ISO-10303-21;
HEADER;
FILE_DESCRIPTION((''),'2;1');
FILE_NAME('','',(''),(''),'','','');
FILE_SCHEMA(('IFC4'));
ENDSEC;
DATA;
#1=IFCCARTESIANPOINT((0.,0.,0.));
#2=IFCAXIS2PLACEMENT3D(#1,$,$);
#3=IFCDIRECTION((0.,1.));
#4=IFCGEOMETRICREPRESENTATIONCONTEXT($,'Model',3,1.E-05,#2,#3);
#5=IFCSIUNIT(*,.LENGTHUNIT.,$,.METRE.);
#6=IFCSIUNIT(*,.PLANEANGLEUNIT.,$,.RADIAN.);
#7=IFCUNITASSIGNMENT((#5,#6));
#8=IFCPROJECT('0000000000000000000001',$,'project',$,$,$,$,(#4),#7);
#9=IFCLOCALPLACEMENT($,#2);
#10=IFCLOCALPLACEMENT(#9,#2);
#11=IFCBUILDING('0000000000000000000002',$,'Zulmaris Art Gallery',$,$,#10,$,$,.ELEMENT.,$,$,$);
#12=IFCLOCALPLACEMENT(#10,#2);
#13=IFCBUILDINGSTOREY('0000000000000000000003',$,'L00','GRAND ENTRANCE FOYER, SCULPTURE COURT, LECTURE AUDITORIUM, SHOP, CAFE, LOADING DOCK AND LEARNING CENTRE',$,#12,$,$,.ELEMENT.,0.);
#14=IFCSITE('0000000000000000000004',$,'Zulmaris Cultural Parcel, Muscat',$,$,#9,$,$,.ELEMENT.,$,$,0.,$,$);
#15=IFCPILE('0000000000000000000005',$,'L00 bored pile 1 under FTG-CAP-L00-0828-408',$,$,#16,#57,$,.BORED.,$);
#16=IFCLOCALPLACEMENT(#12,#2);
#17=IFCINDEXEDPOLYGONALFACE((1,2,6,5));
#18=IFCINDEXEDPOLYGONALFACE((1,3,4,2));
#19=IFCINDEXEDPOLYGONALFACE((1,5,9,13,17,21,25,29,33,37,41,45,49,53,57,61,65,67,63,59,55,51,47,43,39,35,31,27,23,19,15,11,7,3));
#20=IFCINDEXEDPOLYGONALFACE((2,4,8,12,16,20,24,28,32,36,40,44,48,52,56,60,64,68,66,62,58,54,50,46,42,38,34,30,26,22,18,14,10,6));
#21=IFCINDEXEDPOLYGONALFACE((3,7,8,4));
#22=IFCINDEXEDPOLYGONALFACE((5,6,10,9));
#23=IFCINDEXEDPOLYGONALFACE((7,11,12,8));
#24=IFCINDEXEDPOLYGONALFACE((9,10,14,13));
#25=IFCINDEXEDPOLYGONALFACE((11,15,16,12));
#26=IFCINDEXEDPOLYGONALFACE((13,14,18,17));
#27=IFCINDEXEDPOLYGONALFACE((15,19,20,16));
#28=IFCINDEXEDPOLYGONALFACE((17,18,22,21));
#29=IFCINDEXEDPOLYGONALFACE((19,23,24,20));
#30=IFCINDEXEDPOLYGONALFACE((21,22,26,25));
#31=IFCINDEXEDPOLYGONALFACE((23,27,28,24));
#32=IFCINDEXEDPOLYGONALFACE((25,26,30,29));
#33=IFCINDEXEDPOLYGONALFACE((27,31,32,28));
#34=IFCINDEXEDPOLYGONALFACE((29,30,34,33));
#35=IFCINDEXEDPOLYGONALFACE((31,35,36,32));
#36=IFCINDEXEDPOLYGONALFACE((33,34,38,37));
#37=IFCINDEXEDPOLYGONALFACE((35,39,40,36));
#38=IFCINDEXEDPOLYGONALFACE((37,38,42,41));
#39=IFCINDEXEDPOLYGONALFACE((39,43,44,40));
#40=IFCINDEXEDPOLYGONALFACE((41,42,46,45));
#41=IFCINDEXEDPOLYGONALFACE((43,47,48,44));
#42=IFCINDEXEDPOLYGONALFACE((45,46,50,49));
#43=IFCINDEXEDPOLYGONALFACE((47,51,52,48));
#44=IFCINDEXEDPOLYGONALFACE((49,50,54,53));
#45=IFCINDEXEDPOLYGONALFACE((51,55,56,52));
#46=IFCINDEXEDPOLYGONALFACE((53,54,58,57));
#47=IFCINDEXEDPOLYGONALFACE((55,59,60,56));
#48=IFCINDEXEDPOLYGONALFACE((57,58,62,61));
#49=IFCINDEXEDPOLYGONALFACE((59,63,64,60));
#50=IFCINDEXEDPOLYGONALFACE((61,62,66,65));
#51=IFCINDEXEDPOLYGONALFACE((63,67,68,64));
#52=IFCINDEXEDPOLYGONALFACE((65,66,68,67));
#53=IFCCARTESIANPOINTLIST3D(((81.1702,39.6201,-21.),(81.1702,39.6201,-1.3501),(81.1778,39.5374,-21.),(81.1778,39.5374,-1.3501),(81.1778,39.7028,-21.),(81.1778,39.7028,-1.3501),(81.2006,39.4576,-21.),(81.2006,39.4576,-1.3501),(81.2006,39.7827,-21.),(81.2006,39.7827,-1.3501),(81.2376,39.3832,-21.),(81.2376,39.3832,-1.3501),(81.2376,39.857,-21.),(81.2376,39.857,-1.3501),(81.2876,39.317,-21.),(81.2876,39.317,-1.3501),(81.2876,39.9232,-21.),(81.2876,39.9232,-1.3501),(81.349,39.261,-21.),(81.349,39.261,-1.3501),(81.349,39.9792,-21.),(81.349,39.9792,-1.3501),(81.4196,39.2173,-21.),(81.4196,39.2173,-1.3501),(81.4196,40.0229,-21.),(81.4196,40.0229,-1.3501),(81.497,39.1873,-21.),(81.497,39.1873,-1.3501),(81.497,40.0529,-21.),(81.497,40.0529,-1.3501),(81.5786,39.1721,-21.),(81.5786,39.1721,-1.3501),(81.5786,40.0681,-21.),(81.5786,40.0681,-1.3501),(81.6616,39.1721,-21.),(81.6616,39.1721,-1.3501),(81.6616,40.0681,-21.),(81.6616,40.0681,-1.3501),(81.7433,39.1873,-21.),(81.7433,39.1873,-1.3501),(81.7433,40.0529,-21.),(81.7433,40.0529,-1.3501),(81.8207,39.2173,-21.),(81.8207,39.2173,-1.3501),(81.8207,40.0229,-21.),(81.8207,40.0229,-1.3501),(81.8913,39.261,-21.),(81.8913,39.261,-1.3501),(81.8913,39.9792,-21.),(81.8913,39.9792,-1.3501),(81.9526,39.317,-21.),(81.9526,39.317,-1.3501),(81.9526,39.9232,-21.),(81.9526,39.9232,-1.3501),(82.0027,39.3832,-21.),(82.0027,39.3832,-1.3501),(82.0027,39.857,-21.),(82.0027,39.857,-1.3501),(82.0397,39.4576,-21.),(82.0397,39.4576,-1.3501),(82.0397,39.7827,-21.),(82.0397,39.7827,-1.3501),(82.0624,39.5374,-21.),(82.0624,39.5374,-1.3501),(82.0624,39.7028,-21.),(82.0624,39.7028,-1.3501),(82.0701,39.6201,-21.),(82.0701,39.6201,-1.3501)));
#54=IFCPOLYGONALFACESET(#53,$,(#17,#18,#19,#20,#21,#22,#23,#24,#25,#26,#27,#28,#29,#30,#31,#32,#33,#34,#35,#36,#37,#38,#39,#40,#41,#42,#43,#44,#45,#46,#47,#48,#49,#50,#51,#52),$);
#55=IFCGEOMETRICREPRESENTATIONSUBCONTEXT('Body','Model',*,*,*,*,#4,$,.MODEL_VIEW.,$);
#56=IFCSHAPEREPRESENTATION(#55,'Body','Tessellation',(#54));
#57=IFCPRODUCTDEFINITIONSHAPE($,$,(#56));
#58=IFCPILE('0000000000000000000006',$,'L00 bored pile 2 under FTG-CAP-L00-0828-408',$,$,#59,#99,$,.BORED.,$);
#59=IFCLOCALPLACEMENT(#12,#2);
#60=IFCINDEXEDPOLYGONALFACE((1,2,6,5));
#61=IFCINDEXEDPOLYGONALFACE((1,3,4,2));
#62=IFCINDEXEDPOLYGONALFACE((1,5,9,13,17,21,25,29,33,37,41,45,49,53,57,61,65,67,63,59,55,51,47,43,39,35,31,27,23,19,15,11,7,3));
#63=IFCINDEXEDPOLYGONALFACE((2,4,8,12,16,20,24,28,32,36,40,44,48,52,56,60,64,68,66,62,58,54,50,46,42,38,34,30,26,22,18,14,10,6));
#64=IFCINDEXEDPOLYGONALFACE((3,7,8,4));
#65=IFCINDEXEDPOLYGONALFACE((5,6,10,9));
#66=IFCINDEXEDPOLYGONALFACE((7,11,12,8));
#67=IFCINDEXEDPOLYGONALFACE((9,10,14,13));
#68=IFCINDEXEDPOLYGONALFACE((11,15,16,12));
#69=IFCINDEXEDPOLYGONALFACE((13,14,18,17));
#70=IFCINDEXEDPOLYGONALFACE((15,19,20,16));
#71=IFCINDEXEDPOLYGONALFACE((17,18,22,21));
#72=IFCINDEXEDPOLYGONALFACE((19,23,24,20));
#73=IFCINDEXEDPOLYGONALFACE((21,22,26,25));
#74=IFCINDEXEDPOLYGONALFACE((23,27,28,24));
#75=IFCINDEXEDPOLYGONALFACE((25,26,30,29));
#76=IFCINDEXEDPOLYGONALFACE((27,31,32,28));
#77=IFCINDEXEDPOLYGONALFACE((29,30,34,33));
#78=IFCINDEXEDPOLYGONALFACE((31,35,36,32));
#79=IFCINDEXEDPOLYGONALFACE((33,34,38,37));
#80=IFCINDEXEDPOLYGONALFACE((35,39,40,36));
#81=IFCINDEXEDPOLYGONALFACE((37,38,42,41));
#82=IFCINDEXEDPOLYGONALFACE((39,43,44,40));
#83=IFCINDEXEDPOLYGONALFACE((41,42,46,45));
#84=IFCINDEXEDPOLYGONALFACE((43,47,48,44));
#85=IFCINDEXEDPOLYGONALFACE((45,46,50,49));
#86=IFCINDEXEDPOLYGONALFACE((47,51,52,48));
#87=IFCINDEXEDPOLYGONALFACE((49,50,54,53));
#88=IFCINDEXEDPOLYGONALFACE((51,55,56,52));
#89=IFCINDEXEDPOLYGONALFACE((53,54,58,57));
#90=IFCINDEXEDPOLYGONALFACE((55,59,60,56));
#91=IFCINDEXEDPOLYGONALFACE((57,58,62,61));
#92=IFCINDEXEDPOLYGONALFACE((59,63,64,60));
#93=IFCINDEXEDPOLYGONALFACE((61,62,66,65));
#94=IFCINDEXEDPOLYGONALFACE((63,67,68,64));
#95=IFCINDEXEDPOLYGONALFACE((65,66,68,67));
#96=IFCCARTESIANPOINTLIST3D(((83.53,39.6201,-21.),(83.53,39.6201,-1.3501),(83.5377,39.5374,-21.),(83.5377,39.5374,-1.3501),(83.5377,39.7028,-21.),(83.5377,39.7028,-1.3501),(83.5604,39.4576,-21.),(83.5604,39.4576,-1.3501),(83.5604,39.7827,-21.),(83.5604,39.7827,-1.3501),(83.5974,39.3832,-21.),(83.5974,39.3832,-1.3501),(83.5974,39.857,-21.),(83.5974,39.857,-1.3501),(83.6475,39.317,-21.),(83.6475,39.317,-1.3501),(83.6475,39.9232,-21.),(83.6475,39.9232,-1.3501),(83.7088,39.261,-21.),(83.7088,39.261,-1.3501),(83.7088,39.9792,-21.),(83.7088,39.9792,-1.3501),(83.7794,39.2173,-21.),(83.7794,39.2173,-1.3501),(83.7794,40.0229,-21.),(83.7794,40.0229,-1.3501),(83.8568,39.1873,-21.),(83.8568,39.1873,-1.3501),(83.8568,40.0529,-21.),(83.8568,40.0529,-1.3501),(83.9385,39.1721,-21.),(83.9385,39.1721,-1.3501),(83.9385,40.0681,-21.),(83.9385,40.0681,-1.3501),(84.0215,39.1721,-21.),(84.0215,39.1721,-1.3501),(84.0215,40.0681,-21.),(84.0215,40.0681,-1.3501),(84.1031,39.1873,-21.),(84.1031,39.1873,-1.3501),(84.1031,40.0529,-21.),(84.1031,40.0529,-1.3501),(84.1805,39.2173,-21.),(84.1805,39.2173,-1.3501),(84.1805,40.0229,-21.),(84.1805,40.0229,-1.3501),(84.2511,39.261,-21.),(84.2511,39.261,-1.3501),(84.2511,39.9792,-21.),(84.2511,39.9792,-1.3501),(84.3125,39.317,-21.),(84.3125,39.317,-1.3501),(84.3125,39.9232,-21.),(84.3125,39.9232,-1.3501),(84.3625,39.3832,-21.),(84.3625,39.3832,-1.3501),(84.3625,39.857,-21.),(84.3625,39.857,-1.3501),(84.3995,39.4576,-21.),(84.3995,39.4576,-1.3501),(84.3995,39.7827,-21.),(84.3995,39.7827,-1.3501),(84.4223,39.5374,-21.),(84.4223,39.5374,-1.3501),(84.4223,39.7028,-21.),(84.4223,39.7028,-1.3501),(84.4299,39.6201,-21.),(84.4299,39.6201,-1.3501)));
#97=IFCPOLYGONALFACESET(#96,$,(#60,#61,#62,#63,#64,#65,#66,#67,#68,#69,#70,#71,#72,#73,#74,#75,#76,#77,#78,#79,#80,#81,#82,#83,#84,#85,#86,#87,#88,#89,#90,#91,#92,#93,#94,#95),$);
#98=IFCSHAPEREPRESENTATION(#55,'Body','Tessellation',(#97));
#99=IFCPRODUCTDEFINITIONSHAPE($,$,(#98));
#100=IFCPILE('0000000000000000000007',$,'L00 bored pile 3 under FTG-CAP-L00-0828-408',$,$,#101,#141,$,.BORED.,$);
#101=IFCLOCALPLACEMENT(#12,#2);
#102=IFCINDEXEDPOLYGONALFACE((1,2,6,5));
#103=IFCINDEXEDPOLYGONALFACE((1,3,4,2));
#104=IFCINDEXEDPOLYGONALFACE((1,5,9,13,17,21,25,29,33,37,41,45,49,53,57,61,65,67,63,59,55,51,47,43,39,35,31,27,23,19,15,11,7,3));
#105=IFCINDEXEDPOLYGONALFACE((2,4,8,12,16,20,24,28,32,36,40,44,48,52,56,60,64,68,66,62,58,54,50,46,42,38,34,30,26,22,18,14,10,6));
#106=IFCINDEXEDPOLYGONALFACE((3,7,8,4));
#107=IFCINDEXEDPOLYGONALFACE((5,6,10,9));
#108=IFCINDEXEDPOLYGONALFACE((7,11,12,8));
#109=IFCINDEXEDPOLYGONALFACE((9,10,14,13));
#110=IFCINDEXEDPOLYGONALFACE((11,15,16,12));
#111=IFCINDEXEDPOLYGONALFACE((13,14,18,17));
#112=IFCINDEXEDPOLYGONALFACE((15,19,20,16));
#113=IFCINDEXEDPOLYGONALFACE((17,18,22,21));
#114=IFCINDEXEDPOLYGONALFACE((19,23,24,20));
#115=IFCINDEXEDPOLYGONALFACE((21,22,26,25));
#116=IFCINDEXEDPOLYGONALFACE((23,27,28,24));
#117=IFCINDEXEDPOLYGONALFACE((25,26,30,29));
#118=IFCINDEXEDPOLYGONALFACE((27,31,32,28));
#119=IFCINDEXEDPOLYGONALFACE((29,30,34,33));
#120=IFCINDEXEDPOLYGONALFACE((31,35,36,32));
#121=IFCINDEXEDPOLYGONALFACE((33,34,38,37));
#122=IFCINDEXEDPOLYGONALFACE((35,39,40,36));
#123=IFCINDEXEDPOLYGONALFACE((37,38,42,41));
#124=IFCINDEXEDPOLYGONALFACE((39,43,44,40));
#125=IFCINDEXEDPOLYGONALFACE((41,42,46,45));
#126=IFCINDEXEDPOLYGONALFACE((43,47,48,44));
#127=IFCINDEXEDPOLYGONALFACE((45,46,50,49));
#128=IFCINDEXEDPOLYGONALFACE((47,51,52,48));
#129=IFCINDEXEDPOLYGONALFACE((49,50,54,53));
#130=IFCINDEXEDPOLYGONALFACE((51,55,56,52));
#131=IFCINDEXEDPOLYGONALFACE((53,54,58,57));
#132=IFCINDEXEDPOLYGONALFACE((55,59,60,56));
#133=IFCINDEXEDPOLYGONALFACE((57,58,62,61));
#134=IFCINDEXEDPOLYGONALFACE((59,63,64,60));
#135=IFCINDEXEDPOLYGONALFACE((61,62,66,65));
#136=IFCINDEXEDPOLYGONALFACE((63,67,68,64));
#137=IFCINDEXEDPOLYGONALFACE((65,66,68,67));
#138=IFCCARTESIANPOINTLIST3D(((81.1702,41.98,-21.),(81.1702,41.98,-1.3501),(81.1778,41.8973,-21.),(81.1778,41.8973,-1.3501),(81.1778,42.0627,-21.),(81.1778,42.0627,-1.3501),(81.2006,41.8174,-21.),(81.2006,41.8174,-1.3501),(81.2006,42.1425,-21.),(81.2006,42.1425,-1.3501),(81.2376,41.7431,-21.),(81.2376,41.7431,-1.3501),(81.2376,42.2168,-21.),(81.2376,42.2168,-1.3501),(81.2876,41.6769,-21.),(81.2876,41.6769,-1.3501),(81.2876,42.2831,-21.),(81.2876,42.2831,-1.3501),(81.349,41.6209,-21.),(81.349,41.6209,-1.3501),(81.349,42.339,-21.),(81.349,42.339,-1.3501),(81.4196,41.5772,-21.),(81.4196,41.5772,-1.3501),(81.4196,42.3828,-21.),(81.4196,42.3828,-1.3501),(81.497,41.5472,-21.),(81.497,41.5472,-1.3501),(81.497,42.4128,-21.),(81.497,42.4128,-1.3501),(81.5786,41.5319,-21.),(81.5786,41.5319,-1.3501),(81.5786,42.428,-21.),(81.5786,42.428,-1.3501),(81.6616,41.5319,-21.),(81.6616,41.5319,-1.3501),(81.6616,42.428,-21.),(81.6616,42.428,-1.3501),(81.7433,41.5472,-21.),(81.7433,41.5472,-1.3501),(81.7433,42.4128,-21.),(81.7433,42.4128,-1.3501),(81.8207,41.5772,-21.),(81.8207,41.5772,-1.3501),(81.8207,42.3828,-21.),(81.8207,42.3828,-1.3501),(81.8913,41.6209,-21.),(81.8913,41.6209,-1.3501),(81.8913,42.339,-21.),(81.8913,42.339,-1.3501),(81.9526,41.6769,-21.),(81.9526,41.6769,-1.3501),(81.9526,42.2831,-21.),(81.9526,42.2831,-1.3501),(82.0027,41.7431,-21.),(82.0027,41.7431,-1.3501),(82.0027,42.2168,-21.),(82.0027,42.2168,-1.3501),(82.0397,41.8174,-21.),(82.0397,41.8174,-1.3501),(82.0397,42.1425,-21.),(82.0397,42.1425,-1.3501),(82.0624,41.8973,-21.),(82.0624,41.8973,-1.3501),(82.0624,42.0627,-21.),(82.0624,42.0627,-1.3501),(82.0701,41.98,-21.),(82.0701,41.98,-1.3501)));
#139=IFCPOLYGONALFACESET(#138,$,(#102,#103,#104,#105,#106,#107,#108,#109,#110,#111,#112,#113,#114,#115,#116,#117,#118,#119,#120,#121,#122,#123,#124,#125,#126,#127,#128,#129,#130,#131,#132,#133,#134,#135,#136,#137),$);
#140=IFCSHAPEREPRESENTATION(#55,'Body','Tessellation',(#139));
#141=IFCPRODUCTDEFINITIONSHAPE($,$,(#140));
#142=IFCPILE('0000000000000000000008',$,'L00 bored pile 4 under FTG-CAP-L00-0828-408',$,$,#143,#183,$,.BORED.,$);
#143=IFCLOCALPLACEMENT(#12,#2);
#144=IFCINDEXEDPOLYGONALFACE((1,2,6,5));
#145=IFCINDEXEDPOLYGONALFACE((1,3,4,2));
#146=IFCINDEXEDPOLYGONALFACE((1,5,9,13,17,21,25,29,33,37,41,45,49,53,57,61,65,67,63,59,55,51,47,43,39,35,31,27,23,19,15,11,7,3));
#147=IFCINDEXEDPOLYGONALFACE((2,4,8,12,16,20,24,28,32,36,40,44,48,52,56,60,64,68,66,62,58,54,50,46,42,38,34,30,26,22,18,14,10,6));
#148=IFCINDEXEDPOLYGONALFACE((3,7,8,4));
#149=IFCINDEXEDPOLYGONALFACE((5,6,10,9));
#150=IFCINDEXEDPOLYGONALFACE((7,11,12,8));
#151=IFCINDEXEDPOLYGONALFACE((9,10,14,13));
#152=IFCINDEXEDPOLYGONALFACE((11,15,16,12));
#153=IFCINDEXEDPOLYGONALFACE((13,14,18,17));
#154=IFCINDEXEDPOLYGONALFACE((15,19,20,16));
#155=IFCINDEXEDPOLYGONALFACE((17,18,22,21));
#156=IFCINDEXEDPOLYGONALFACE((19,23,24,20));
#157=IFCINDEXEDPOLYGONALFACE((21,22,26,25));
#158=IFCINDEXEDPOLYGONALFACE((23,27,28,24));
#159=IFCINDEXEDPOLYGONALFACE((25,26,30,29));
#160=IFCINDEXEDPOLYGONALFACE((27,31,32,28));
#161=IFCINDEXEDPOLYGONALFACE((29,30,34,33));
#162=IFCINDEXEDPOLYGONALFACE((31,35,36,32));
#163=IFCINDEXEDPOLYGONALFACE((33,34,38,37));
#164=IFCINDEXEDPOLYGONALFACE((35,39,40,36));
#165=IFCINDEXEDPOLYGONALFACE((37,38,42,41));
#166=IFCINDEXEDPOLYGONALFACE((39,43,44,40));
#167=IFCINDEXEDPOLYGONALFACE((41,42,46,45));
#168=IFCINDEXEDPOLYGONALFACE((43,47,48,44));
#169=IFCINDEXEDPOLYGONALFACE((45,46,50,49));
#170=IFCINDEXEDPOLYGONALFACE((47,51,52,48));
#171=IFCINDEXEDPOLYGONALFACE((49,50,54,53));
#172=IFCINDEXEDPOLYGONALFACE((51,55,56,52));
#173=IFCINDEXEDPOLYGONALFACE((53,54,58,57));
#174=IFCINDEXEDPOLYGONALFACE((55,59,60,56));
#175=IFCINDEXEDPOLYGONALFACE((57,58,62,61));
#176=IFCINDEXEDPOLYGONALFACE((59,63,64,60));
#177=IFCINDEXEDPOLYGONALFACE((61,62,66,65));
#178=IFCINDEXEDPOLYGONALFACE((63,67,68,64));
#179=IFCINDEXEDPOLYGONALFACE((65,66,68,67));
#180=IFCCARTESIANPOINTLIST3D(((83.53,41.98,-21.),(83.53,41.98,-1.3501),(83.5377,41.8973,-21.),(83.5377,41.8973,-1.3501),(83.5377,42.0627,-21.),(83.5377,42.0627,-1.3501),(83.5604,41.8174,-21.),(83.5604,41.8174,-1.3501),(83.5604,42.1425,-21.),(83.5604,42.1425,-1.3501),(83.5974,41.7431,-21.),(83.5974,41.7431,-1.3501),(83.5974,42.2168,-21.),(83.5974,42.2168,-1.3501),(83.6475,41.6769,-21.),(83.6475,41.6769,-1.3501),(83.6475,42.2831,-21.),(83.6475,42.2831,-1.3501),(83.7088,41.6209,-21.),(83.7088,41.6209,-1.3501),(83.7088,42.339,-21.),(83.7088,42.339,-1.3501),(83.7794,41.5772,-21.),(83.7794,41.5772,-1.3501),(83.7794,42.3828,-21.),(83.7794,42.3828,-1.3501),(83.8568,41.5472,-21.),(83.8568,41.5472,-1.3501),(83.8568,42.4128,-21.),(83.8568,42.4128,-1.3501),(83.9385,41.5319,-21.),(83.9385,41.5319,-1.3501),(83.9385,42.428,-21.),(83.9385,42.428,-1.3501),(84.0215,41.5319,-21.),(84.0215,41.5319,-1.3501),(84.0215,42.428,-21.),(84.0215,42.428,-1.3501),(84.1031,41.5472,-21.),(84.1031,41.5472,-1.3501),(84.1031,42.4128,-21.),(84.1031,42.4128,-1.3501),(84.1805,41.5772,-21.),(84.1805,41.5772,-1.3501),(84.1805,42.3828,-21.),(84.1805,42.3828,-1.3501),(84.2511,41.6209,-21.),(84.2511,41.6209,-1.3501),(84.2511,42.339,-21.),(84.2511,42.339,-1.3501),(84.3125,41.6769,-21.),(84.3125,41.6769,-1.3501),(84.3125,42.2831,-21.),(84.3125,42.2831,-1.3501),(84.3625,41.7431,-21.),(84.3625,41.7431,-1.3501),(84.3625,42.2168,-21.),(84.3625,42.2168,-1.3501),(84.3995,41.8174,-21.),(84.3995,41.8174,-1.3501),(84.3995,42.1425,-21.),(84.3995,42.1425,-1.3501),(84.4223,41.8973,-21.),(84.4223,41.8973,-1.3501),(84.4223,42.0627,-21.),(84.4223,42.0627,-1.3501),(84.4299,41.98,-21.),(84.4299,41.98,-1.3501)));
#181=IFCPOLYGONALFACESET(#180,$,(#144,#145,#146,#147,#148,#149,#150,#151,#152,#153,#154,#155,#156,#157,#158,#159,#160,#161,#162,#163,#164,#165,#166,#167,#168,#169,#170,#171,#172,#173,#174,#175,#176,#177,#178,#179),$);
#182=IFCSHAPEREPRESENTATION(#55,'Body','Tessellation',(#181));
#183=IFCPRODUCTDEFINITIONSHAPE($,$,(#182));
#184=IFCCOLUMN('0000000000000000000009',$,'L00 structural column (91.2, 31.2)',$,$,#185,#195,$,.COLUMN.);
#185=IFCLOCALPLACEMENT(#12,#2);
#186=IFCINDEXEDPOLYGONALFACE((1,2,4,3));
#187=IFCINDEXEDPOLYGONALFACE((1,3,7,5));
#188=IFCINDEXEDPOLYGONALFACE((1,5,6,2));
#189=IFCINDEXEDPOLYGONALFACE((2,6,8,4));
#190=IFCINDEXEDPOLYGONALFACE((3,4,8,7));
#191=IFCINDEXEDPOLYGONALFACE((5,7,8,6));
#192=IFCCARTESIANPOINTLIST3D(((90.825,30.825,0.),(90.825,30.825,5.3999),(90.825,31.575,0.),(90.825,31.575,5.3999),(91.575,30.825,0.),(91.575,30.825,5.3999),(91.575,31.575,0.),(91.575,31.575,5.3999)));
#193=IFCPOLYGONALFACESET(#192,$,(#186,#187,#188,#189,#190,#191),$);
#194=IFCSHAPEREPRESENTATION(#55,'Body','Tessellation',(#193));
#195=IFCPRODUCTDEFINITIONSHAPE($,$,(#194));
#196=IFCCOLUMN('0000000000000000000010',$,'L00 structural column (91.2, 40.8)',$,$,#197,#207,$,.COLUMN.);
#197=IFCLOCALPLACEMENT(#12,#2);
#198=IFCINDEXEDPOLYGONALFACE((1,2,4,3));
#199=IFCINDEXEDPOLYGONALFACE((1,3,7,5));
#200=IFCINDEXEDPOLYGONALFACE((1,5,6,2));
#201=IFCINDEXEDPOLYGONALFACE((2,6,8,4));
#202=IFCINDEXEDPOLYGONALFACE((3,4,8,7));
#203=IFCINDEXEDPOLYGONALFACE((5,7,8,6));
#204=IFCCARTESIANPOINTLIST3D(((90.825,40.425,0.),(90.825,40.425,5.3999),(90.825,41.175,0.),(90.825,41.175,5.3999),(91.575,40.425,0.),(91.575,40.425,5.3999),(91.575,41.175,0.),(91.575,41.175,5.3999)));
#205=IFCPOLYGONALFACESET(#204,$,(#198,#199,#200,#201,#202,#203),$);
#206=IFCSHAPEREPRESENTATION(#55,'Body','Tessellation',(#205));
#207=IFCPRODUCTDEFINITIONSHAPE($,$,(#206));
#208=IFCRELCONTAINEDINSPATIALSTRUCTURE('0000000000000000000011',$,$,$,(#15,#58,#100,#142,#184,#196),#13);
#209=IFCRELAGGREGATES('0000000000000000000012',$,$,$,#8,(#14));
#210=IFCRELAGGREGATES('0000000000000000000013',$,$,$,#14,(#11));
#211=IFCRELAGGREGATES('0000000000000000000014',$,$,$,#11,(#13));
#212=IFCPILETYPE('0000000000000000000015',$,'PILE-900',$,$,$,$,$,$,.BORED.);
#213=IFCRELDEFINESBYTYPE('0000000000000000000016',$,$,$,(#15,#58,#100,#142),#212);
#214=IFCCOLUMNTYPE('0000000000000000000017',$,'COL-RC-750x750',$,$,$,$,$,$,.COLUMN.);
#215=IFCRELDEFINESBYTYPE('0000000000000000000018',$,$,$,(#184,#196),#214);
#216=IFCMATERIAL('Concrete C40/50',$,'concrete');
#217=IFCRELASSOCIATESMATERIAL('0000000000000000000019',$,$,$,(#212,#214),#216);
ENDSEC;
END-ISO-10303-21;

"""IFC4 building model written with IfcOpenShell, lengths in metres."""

from ifc_helpers import new_model, si_unit, direction, frame, origin, origin_2d, place, context, subcontext, project, spatial, rectangle, circle, extrude, material, material_profile, profile_set, type_object, element, save


model = new_model("IFC4")

# Units and contexts
model_context = context("Model", 3, precision=1e-05, world=origin(), true_north=direction((0.0, 1.0)))
body_context = subcontext(model_context, "Body", "Model", "MODEL_VIEW")
ifc_project = project(units=[si_unit("LENGTHUNIT", "METRE"), si_unit("PLANEANGLEUNIT", "RADIAN")], contexts=[model_context])

# Site, building, storey
site_placement = place(None, origin())
site = spatial("IfcSite", under=ifc_project, at=site_placement, Name="Zulmaris Cultural Parcel, Muscat", CompositionType="ELEMENT", RefElevation=0.0)
building_placement = place(site_placement, origin())
building = spatial("IfcBuilding", under=site, at=building_placement, Name="Zulmaris Art Gallery", CompositionType="ELEMENT")
storey_placement = place(building_placement, origin())
storey = spatial("IfcBuildingStorey", under=building, at=storey_placement, Name="L00", Description="GRAND ENTRANCE FOYER, SCULPTURE COURT, LECTURE AUDITORIUM, SHOP, CAFE, LOADING DOCK AND LEARNING CENTRE", CompositionType="ELEMENT", Elevation=0.0)

# Piles
ifc_material_1 = material(Name="Concrete C40/50", Category="concrete")
ifc_material_profile_1 = material_profile(ifc_material_1, circle(Radius=0.45, at=origin_2d()), Name="PILE DIA 900")
ifc_profile_set_1 = profile_set([ifc_material_profile_1], Name="Concrete C40/50")
pile_type_1 = type_object("IfcPileType", Name="PILE-900", PredefinedType="BORED", material=ifc_profile_set_1)
for number, where, z_axis, x_axis, name in (
    (1, (81.6201, 39.6201, -1.3501), (0.0, 0.0, -1.0), (1.0, 0.0, 0.0), "L00 bored pile 1 under FTG-CAP-L00-0828-408"),
    (2, (83.98, 39.6201, -1.3501), (0.0, 0.0, -1.0), (1.0, 0.0, 0.0), "L00 bored pile 2 under FTG-CAP-L00-0828-408"),
    (3, (81.6201, 41.98, -1.3501), (0.0, 0.0, -1.0), (1.0, 0.0, 0.0), "L00 bored pile 3 under FTG-CAP-L00-0828-408"),
    (4, (83.98, 41.98, -1.3501), (0.0, 0.0, -1.0), (1.0, 0.0, 0.0), "L00 bored pile 4 under FTG-CAP-L00-0828-408"),
):
    element("IfcPile", number, at=place(storey_placement, frame(where, z_axis=z_axis, x_axis=x_axis)), inside=storey, type_object=pile_type_1, Name=name, PredefinedType="BORED", context=body_context, shape_type="SweptSolid", body=[
        extrude(circle(Radius=0.45, at=origin_2d()), origin(), (0.0, 0.0, 1.0), 19.6499),
    ])

# Columns
ifc_material_profile_2 = material_profile(ifc_material_1, rectangle(XDim=0.75, YDim=0.75, at=origin_2d()), Name="RC 750x750")
ifc_profile_set_2 = profile_set([ifc_material_profile_2], Name="Concrete C40/50")
column_type_1 = type_object("IfcColumnType", Name="COL-RC-750x750", PredefinedType="COLUMN", material=ifc_profile_set_2)
for number, where, z_axis, x_axis, name in (
    (5, (91.2, 31.2, 0.0), (0.0, 0.0, 1.0), (1.0, 0.0, 0.0), "L00 structural column (91.2, 31.2)"),
    (6, (91.2, 40.8, 0.0), (0.0, 0.0, 1.0), (1.0, 0.0, 0.0), "L00 structural column (91.2, 40.8)"),
):
    element("IfcColumn", number, at=place(storey_placement, frame(where, z_axis=z_axis, x_axis=x_axis)), inside=storey, type_object=column_type_1, Name=name, PredefinedType="COLUMN", context=body_context, shape_type="SweptSolid", body=[
        extrude(rectangle(XDim=0.75, YDim=0.75, at=origin_2d()), origin(), (0.0, 0.0, 1.0), 5.3999),
    ])

save(model, "model.ifc")
